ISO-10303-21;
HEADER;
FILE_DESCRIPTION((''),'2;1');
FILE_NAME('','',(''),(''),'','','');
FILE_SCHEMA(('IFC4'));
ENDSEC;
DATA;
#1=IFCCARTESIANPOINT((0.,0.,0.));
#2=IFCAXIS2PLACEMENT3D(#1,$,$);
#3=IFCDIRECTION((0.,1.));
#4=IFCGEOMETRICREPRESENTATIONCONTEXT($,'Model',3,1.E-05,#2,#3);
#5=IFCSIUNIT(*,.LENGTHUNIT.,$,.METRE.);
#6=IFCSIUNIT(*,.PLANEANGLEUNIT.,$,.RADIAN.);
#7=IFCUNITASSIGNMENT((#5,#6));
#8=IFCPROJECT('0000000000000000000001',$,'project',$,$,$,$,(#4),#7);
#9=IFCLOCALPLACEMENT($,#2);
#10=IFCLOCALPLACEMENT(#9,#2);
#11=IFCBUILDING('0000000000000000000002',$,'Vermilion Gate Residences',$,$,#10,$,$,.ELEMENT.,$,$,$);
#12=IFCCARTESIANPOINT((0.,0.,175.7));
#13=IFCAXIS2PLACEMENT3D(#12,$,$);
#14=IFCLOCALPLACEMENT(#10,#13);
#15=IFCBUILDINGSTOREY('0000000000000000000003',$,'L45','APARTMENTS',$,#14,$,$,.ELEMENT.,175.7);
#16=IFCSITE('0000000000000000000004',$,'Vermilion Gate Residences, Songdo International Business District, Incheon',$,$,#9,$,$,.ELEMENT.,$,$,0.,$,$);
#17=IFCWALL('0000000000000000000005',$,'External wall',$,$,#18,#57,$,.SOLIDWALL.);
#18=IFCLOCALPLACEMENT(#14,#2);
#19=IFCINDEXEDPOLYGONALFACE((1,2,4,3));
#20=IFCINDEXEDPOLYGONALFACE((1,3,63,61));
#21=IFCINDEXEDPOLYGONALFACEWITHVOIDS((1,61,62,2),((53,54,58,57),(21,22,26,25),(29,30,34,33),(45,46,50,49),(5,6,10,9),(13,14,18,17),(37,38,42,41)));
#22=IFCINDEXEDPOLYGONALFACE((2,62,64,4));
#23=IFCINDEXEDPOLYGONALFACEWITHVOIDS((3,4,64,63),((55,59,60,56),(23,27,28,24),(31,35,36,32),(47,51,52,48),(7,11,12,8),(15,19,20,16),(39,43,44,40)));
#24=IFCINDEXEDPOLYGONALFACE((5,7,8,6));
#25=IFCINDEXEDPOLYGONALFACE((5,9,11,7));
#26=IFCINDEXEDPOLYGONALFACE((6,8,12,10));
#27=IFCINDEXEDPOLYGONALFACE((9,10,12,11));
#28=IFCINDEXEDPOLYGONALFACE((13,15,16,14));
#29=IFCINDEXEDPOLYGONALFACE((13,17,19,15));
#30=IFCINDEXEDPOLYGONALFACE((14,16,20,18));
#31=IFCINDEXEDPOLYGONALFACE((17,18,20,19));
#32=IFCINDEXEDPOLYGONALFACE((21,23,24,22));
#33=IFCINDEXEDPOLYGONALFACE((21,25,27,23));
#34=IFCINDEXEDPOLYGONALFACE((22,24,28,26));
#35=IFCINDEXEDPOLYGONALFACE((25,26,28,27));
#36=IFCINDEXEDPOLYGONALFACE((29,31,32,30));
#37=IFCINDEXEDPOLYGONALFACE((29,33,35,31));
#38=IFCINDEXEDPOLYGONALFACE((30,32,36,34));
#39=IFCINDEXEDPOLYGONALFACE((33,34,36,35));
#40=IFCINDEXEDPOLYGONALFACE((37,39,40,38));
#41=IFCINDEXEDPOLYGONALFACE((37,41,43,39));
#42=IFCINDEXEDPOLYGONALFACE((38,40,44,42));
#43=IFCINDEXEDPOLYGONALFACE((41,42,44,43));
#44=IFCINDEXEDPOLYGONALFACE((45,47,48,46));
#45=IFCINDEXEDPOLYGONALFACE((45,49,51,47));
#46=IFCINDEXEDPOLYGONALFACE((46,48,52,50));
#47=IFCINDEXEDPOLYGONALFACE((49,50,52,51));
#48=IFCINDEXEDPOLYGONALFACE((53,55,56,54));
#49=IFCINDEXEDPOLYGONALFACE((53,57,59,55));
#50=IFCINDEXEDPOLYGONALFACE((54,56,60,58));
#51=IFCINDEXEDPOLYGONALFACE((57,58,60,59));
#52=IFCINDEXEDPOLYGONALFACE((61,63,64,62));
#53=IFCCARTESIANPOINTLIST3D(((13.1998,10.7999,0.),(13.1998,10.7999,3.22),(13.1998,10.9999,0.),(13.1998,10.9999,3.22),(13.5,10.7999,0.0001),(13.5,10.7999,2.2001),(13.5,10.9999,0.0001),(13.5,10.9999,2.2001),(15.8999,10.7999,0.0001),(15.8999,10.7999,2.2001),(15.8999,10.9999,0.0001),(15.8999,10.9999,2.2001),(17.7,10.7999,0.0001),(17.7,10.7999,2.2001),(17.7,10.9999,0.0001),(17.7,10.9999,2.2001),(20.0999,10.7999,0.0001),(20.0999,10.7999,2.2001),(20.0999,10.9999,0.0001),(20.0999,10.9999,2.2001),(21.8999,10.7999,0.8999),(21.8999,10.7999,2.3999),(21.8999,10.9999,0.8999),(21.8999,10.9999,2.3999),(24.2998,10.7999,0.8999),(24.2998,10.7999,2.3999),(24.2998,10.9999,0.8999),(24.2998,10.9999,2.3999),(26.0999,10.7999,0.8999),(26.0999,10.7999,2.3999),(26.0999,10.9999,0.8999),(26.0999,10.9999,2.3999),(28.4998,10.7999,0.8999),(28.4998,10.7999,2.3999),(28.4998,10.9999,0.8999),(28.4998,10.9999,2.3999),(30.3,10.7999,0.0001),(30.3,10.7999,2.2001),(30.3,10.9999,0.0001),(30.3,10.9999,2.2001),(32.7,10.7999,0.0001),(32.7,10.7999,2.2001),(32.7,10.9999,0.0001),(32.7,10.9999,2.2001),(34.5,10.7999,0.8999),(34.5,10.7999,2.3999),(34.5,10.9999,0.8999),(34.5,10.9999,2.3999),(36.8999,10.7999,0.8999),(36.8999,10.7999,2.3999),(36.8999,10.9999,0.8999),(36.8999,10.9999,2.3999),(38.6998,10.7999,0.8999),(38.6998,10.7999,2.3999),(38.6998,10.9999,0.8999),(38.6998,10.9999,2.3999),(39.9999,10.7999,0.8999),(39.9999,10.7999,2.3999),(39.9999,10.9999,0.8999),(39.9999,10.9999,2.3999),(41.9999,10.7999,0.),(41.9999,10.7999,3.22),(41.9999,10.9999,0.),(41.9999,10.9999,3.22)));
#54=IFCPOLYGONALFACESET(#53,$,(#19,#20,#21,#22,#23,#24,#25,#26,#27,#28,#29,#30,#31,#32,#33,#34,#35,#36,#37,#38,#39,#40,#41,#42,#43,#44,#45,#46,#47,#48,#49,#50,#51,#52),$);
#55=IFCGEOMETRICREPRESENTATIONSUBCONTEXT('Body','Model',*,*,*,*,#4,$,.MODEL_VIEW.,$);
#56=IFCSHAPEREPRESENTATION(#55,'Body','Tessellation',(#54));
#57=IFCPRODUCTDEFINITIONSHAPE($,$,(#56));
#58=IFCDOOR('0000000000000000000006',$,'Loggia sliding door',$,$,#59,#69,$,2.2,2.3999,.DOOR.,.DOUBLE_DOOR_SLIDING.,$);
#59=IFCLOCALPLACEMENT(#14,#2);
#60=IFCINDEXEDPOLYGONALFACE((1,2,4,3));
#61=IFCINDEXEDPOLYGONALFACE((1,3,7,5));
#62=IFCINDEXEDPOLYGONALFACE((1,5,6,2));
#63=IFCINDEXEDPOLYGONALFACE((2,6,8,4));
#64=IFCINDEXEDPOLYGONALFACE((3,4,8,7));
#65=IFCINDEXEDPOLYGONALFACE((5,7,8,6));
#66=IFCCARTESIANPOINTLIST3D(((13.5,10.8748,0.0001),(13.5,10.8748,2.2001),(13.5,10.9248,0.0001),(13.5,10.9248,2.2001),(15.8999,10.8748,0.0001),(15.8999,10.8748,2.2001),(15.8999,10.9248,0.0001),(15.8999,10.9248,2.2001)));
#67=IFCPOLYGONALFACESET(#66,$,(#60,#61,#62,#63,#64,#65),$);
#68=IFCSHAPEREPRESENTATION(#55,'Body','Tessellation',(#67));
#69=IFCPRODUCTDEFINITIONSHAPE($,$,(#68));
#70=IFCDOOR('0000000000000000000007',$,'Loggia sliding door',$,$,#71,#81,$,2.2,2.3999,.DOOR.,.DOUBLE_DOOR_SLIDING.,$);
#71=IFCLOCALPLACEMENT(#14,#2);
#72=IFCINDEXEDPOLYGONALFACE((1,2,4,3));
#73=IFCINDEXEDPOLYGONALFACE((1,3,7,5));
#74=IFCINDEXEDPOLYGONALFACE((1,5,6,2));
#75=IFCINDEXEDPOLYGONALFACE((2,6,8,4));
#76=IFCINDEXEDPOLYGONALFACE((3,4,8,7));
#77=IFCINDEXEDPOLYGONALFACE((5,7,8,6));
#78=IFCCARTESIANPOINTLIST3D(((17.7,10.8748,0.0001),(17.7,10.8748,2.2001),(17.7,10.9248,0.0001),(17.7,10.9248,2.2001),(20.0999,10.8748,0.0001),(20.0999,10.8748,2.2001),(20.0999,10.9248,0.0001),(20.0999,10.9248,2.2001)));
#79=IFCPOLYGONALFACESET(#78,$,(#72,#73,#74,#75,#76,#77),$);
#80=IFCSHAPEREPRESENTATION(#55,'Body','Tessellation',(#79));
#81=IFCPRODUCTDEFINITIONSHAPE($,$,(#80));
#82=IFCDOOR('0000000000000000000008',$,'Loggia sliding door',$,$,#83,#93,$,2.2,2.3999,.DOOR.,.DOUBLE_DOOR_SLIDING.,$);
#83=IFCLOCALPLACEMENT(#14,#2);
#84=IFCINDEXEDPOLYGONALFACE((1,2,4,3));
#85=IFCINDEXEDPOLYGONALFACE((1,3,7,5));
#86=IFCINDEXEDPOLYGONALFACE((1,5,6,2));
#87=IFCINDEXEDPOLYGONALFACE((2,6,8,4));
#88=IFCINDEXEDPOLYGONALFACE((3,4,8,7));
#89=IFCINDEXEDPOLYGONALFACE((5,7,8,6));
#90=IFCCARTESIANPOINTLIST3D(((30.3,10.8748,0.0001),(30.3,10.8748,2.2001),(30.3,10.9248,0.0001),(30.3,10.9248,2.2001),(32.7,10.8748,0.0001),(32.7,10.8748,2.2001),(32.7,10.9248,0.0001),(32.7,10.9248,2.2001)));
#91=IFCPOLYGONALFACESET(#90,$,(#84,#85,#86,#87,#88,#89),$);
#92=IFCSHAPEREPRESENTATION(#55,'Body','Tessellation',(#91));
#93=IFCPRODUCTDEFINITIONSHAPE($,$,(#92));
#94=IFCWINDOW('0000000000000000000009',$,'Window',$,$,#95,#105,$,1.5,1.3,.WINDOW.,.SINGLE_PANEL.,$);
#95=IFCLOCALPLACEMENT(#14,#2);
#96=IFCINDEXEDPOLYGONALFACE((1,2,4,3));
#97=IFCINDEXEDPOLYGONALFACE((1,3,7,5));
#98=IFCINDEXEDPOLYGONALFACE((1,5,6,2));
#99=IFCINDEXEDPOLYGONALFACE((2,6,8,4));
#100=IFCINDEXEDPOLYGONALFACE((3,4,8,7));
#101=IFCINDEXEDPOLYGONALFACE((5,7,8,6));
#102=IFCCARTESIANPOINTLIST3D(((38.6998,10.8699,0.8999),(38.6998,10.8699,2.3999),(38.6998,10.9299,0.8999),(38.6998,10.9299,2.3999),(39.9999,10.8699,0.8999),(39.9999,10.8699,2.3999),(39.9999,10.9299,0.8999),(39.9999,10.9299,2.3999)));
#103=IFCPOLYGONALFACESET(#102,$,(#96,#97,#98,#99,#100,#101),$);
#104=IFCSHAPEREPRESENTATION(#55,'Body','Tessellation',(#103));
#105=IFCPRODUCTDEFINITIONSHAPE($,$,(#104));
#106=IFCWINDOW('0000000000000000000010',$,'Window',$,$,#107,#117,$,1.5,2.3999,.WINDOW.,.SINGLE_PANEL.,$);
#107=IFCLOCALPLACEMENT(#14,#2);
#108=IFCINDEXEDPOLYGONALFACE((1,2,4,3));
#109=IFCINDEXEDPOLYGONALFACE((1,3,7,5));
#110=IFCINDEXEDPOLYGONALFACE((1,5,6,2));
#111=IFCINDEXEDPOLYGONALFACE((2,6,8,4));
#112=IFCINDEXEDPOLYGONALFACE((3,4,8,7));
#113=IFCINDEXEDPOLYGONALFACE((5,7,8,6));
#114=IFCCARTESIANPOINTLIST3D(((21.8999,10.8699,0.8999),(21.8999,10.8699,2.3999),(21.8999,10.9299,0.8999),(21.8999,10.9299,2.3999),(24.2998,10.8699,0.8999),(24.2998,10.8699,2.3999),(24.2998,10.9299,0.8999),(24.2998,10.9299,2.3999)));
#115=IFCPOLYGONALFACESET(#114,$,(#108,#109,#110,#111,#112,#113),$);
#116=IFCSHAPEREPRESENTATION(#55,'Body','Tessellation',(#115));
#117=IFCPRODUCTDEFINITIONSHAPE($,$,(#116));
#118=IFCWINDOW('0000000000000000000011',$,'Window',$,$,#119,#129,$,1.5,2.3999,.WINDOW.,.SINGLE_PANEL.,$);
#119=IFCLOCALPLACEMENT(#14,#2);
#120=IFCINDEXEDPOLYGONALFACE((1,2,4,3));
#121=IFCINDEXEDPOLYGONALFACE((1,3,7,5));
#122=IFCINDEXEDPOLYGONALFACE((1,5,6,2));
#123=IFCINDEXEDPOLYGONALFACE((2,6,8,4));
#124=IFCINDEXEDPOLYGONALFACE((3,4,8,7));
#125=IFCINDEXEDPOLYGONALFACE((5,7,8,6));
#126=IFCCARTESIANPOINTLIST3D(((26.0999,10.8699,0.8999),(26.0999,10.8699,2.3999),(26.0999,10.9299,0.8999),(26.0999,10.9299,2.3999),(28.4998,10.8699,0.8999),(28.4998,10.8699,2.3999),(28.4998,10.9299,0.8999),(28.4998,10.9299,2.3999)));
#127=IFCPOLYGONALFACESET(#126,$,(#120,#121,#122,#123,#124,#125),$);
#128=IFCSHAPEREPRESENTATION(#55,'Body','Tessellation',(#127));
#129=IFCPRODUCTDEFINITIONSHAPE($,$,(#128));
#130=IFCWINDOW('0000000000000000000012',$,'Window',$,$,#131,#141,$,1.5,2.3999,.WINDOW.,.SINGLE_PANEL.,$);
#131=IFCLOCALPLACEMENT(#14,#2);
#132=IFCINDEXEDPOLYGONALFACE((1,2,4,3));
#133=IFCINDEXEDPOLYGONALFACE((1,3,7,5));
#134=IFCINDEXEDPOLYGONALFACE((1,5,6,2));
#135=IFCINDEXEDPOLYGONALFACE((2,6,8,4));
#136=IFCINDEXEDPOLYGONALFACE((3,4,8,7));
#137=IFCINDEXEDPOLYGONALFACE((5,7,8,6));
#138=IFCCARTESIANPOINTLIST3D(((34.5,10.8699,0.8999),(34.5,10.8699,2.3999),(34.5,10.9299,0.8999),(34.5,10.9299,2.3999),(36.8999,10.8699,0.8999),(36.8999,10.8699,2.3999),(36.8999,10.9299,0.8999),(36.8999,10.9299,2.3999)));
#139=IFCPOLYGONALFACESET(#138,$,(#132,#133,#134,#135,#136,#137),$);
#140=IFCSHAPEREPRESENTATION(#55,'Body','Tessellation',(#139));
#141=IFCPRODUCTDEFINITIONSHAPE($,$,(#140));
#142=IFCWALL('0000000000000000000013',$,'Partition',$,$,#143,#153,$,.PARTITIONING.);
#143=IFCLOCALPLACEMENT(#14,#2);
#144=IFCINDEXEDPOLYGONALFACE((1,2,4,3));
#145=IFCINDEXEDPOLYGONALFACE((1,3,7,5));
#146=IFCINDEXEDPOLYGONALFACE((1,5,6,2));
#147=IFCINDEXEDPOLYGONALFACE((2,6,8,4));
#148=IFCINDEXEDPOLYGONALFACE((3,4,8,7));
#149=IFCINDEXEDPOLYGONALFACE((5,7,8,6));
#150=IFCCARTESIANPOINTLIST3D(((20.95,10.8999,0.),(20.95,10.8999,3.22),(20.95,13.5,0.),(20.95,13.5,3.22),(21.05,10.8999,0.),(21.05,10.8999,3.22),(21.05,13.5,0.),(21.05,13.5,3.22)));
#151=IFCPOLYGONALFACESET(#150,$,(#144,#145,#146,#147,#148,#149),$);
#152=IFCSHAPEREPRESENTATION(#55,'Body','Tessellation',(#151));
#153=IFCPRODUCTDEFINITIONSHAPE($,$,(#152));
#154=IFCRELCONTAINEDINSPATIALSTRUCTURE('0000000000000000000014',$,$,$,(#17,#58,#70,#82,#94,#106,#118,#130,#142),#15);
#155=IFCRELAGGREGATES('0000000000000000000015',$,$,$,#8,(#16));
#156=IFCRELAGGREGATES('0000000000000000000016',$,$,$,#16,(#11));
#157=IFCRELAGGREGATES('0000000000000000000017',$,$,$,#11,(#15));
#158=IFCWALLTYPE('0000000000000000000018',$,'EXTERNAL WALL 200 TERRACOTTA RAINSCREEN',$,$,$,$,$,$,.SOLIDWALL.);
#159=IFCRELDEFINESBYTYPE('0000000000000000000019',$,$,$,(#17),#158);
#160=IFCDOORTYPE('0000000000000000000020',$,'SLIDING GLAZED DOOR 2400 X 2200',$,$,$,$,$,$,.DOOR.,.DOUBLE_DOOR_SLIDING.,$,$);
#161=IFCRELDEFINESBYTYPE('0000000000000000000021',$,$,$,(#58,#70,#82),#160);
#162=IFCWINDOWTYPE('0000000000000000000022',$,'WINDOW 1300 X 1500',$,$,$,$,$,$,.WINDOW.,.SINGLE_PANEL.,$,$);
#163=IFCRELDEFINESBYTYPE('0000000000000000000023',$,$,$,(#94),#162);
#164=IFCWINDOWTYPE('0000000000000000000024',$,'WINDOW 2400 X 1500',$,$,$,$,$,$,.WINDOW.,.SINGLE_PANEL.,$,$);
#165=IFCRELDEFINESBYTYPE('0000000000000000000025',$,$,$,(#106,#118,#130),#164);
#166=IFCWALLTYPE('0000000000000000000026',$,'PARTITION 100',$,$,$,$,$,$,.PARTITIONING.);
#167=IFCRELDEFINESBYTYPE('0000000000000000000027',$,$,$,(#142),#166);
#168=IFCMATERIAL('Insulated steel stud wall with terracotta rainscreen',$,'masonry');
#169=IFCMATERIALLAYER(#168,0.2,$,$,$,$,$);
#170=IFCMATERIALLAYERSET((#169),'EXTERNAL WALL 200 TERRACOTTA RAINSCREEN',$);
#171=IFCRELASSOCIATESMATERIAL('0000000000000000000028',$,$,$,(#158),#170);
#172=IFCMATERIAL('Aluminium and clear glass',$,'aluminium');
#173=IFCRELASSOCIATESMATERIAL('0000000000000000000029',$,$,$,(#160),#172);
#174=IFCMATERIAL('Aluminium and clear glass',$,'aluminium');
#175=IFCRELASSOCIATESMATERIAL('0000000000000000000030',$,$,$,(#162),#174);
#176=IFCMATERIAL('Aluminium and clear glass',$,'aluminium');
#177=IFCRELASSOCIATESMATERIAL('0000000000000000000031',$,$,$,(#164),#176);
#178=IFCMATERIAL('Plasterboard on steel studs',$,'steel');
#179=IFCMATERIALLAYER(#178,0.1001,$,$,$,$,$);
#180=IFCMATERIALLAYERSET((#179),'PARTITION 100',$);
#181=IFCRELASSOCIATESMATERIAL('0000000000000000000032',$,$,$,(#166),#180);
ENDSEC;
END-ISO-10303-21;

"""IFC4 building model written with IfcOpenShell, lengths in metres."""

from ifc_helpers import new_model, si_unit, direction, frame, frame_2d, origin, place, context, subcontext, project, spatial, rectangle, extrude, material, layer, layer_set, type_object, element, fill, save


model = new_model("IFC4")

# Units and contexts
model_context = context("Model", 3, precision=1e-05, world=origin(), true_north=direction((0.0, 1.0)))
body_context = subcontext(model_context, "Body", "Model", "MODEL_VIEW")
ifc_project = project(units=[si_unit("LENGTHUNIT", "METRE"), si_unit("PLANEANGLEUNIT", "RADIAN")], contexts=[model_context])

# Site, building, storey
site_placement = place(None, origin())
site = spatial("IfcSite", under=ifc_project, at=site_placement, Name="Vermilion Gate Residences, Songdo International Business District, Incheon", CompositionType="ELEMENT", RefElevation=0.0)
building_placement = place(site_placement, origin())
building = spatial("IfcBuilding", under=site, at=building_placement, Name="Vermilion Gate Residences", CompositionType="ELEMENT")
storey_placement = place(building_placement, frame((0.0, 0.0, 175.7)))
storey = spatial("IfcBuildingStorey", under=building, at=storey_placement, Name="L45", Description="APARTMENTS", CompositionType="ELEMENT", Elevation=175.7)

# Shared definitions
ifc_material_1 = material(Name="Insulated steel stud wall with terracotta rainscreen", Category="masonry")
ifc_layer_1 = layer(ifc_material_1, 0.2)
ifc_layer_set_1 = layer_set([ifc_layer_1], Name="EXTERNAL WALL 200 TERRACOTTA RAINSCREEN")
wall_type_1 = type_object("IfcWallType", Name="EXTERNAL WALL 200 TERRACOTTA RAINSCREEN", PredefinedType="SOLIDWALL", material=ifc_layer_set_1)

# Wall, openings, doors, windows
wall_1_placement = place(storey_placement, frame((13.2, 10.8999, 0.0), z_axis=(0.0, 0.0, 1.0), x_axis=(1.0, 0.0, 0.0)))
wall_1 = element("IfcWall", 1, at=wall_1_placement, inside=storey, type_object=wall_type_1, Name="External wall", PredefinedType="SOLIDWALL", context=body_context, shape_type="SweptSolid", body=[
    extrude(rectangle(XDim=28.8, YDim=0.2, at=frame_2d((14.3999, 0.0))), origin(), (0.0, 0.0, 1.0), 3.22),
])
opening_1_placement = place(wall_1_placement, frame((0.3, 0.0, 0.0)))
opening_1 = element("IfcOpeningElement", 2, at=opening_1_placement, cuts=wall_1, PredefinedType="OPENING", context=body_context, shape_type="SweptSolid", body=[
    extrude(rectangle(XDim=2.3999, YDim=2.2, at=frame_2d((1.2, 1.1001))), frame((0.0, 0.1099, 0.0), z_axis=(0.0, -1.0, 0.0), x_axis=(1.0, 0.0, 0.0)), (0.0, 0.0, 1.0), 0.22),
])
opening_2_placement = place(wall_1_placement, frame((4.5, 0.0, 0.0)))
opening_2 = element("IfcOpeningElement", 3, at=opening_2_placement, cuts=wall_1, PredefinedType="OPENING", context=body_context, shape_type="SweptSolid", body=[
    extrude(rectangle(XDim=2.3999, YDim=2.2, at=frame_2d((1.2, 1.1001))), frame((0.0, 0.1099, 0.0), z_axis=(0.0, -1.0, 0.0), x_axis=(1.0, 0.0, 0.0)), (0.0, 0.0, 1.0), 0.22),
])
opening_3_placement = place(wall_1_placement, frame((8.7, 0.0, 0.8999)))
opening_3 = element("IfcOpeningElement", 4, at=opening_3_placement, cuts=wall_1, PredefinedType="OPENING", context=body_context, shape_type="SweptSolid", body=[
    extrude(rectangle(XDim=2.3999, YDim=1.5, at=frame_2d((1.2, 0.75))), frame((0.0, 0.1099, 0.0), z_axis=(0.0, -1.0, 0.0), x_axis=(1.0, 0.0, 0.0)), (0.0, 0.0, 1.0), 0.22),
])
opening_4_placement = place(wall_1_placement, frame((12.8999, 0.0, 0.8999)))
opening_4 = element("IfcOpeningElement", 5, at=opening_4_placement, cuts=wall_1, PredefinedType="OPENING", context=body_context, shape_type="SweptSolid", body=[
    extrude(rectangle(XDim=2.3999, YDim=1.5, at=frame_2d((1.2, 0.75))), frame((0.0, 0.1099, 0.0), z_axis=(0.0, -1.0, 0.0), x_axis=(1.0, 0.0, 0.0)), (0.0, 0.0, 1.0), 0.22),
])
opening_5_placement = place(wall_1_placement, frame((17.1001, 0.0, 0.0)))
opening_5 = element("IfcOpeningElement", 6, at=opening_5_placement, cuts=wall_1, PredefinedType="OPENING", context=body_context, shape_type="SweptSolid", body=[
    extrude(rectangle(XDim=2.3999, YDim=2.2, at=frame_2d((1.2, 1.1001))), frame((0.0, 0.1099, 0.0), z_axis=(0.0, -1.0, 0.0), x_axis=(1.0, 0.0, 0.0)), (0.0, 0.0, 1.0), 0.22),
])
opening_6_placement = place(wall_1_placement, frame((21.3, 0.0, 0.8999)))
opening_6 = element("IfcOpeningElement", 7, at=opening_6_placement, cuts=wall_1, PredefinedType="OPENING", context=body_context, shape_type="SweptSolid", body=[
    extrude(rectangle(XDim=2.3999, YDim=1.5, at=frame_2d((1.2, 0.75))), frame((0.0, 0.1099, 0.0), z_axis=(0.0, -1.0, 0.0), x_axis=(1.0, 0.0, 0.0)), (0.0, 0.0, 1.0), 0.22),
])
opening_7_placement = place(wall_1_placement, frame((25.5, 0.0, 0.8999)))
opening_7 = element("IfcOpeningElement", 8, at=opening_7_placement, cuts=wall_1, PredefinedType="OPENING", context=body_context, shape_type="SweptSolid", body=[
    extrude(rectangle(XDim=1.3, YDim=1.5, at=frame_2d((0.6499, 0.75))), frame((0.0, 0.1099, 0.0), z_axis=(0.0, -1.0, 0.0), x_axis=(1.0, 0.0, 0.0)), (0.0, 0.0, 1.0), 0.22),
])
ifc_material_2 = material(Name="Aluminium and clear glass", Category="aluminium")
door_type_1 = type_object("IfcDoorType", Name="SLIDING GLAZED DOOR 2400 X 2200", OperationType="DOUBLE_DOOR_SLIDING", PredefinedType="DOOR", material=ifc_material_2)
door_1_placement = place(opening_1_placement, origin())
door_1 = element("IfcDoor", 9, at=door_1_placement, inside=storey, type_object=door_type_1, Name="Loggia sliding door", OperationType="DOUBLE_DOOR_SLIDING", OverallHeight=2.2, OverallWidth=2.3999, PredefinedType="DOOR", context=body_context, shape_type="SweptSolid", body=[
    extrude(rectangle(XDim=2.3999, YDim=2.2, at=frame_2d((1.2, 1.1001))), frame((0.0, 0.0249, 0.0), z_axis=(0.0, -1.0, 0.0), x_axis=(1.0, 0.0, 0.0)), (0.0, 0.0, 1.0), 0.05),
])
fill(opening_1, door_1)
door_2_placement = place(opening_2_placement, origin())
door_2 = element("IfcDoor", 10, at=door_2_placement, inside=storey, type_object=door_type_1, Name="Loggia sliding door", OperationType="DOUBLE_DOOR_SLIDING", OverallHeight=2.2, OverallWidth=2.3999, PredefinedType="DOOR", context=body_context, shape_type="SweptSolid", body=[
    extrude(rectangle(XDim=2.3999, YDim=2.2, at=frame_2d((1.2, 1.1001))), frame((0.0, 0.0249, 0.0), z_axis=(0.0, -1.0, 0.0), x_axis=(1.0, 0.0, 0.0)), (0.0, 0.0, 1.0), 0.05),
])
fill(opening_2, door_2)
door_3_placement = place(opening_5_placement, origin())
door_3 = element("IfcDoor", 11, at=door_3_placement, inside=storey, type_object=door_type_1, Name="Loggia sliding door", OperationType="DOUBLE_DOOR_SLIDING", OverallHeight=2.2, OverallWidth=2.3999, PredefinedType="DOOR", context=body_context, shape_type="SweptSolid", body=[
    extrude(rectangle(XDim=2.3999, YDim=2.2, at=frame_2d((1.2, 1.1001))), frame((0.0, 0.0249, 0.0), z_axis=(0.0, -1.0, 0.0), x_axis=(1.0, 0.0, 0.0)), (0.0, 0.0, 1.0), 0.05),
])
fill(opening_5, door_3)
ifc_material_3 = material(Name="Aluminium and clear glass", Category="aluminium")
window_type_1 = type_object("IfcWindowType", Name="WINDOW 1300 X 1500", PartitioningType="SINGLE_PANEL", PredefinedType="WINDOW", material=ifc_material_3)
window_1_placement = place(opening_7_placement, origin())
window_1 = element("IfcWindow", 12, at=window_1_placement, inside=storey, type_object=window_type_1, Name="Window", OverallHeight=1.5, OverallWidth=1.3, PartitioningType="SINGLE_PANEL", PredefinedType="WINDOW", context=body_context, shape_type="SweptSolid", body=[
    extrude(rectangle(XDim=1.3, YDim=1.5, at=frame_2d((0.6499, 0.75))), frame((0.0, 0.03, 0.0), z_axis=(0.0, -1.0, 0.0), x_axis=(1.0, 0.0, 0.0)), (0.0, 0.0, 1.0), 0.0601),
])
fill(opening_7, window_1)
ifc_material_4 = material(Name="Aluminium and clear glass", Category="aluminium")
window_type_2 = type_object("IfcWindowType", Name="WINDOW 2400 X 1500", PartitioningType="SINGLE_PANEL", PredefinedType="WINDOW", material=ifc_material_4)
window_2_placement = place(opening_3_placement, origin())
window_2 = element("IfcWindow", 13, at=window_2_placement, inside=storey, type_object=window_type_2, Name="Window", OverallHeight=1.5, OverallWidth=2.3999, PartitioningType="SINGLE_PANEL", PredefinedType="WINDOW", context=body_context, shape_type="SweptSolid", body=[
    extrude(rectangle(XDim=2.3999, YDim=1.5, at=frame_2d((1.2, 0.75))), frame((0.0, 0.03, 0.0), z_axis=(0.0, -1.0, 0.0), x_axis=(1.0, 0.0, 0.0)), (0.0, 0.0, 1.0), 0.0601),
])
fill(opening_3, window_2)
window_3_placement = place(opening_4_placement, origin())
window_3 = element("IfcWindow", 14, at=window_3_placement, inside=storey, type_object=window_type_2, Name="Window", OverallHeight=1.5, OverallWidth=2.3999, PartitioningType="SINGLE_PANEL", PredefinedType="WINDOW", context=body_context, shape_type="SweptSolid", body=[
    extrude(rectangle(XDim=2.3999, YDim=1.5, at=frame_2d((1.2, 0.75))), frame((0.0, 0.03, 0.0), z_axis=(0.0, -1.0, 0.0), x_axis=(1.0, 0.0, 0.0)), (0.0, 0.0, 1.0), 0.0601),
])
fill(opening_4, window_3)
window_4_placement = place(opening_6_placement, origin())
window_4 = element("IfcWindow", 15, at=window_4_placement, inside=storey, type_object=window_type_2, Name="Window", OverallHeight=1.5, OverallWidth=2.3999, PartitioningType="SINGLE_PANEL", PredefinedType="WINDOW", context=body_context, shape_type="SweptSolid", body=[
    extrude(rectangle(XDim=2.3999, YDim=1.5, at=frame_2d((1.2, 0.75))), frame((0.0, 0.03, 0.0), z_axis=(0.0, -1.0, 0.0), x_axis=(1.0, 0.0, 0.0)), (0.0, 0.0, 1.0), 0.0601),
])
fill(opening_6, window_4)

# Wall
ifc_material_5 = material(Name="Plasterboard on steel studs", Category="steel")
ifc_layer_2 = layer(ifc_material_5, 0.1001)
ifc_layer_set_2 = layer_set([ifc_layer_2], Name="PARTITION 100")
wall_type_2 = type_object("IfcWallType", Name="PARTITION 100", PredefinedType="PARTITIONING", material=ifc_layer_set_2)
wall_2_placement = place(storey_placement, frame((21.0, 10.8999, 0.0), z_axis=(0.0, 0.0, 1.0), x_axis=(0.0, 1.0, 0.0)))
element("IfcWall", 16, at=wall_2_placement, inside=storey, type_object=wall_type_2, Name="Partition", PredefinedType="PARTITIONING", context=body_context, shape_type="SweptSolid", body=[
    extrude(rectangle(XDim=2.6001, YDim=0.1001, at=frame_2d((1.3, 0.0))), origin(), (0.0, 0.0, 1.0), 3.22),
])

save(model, "model.ifc")
